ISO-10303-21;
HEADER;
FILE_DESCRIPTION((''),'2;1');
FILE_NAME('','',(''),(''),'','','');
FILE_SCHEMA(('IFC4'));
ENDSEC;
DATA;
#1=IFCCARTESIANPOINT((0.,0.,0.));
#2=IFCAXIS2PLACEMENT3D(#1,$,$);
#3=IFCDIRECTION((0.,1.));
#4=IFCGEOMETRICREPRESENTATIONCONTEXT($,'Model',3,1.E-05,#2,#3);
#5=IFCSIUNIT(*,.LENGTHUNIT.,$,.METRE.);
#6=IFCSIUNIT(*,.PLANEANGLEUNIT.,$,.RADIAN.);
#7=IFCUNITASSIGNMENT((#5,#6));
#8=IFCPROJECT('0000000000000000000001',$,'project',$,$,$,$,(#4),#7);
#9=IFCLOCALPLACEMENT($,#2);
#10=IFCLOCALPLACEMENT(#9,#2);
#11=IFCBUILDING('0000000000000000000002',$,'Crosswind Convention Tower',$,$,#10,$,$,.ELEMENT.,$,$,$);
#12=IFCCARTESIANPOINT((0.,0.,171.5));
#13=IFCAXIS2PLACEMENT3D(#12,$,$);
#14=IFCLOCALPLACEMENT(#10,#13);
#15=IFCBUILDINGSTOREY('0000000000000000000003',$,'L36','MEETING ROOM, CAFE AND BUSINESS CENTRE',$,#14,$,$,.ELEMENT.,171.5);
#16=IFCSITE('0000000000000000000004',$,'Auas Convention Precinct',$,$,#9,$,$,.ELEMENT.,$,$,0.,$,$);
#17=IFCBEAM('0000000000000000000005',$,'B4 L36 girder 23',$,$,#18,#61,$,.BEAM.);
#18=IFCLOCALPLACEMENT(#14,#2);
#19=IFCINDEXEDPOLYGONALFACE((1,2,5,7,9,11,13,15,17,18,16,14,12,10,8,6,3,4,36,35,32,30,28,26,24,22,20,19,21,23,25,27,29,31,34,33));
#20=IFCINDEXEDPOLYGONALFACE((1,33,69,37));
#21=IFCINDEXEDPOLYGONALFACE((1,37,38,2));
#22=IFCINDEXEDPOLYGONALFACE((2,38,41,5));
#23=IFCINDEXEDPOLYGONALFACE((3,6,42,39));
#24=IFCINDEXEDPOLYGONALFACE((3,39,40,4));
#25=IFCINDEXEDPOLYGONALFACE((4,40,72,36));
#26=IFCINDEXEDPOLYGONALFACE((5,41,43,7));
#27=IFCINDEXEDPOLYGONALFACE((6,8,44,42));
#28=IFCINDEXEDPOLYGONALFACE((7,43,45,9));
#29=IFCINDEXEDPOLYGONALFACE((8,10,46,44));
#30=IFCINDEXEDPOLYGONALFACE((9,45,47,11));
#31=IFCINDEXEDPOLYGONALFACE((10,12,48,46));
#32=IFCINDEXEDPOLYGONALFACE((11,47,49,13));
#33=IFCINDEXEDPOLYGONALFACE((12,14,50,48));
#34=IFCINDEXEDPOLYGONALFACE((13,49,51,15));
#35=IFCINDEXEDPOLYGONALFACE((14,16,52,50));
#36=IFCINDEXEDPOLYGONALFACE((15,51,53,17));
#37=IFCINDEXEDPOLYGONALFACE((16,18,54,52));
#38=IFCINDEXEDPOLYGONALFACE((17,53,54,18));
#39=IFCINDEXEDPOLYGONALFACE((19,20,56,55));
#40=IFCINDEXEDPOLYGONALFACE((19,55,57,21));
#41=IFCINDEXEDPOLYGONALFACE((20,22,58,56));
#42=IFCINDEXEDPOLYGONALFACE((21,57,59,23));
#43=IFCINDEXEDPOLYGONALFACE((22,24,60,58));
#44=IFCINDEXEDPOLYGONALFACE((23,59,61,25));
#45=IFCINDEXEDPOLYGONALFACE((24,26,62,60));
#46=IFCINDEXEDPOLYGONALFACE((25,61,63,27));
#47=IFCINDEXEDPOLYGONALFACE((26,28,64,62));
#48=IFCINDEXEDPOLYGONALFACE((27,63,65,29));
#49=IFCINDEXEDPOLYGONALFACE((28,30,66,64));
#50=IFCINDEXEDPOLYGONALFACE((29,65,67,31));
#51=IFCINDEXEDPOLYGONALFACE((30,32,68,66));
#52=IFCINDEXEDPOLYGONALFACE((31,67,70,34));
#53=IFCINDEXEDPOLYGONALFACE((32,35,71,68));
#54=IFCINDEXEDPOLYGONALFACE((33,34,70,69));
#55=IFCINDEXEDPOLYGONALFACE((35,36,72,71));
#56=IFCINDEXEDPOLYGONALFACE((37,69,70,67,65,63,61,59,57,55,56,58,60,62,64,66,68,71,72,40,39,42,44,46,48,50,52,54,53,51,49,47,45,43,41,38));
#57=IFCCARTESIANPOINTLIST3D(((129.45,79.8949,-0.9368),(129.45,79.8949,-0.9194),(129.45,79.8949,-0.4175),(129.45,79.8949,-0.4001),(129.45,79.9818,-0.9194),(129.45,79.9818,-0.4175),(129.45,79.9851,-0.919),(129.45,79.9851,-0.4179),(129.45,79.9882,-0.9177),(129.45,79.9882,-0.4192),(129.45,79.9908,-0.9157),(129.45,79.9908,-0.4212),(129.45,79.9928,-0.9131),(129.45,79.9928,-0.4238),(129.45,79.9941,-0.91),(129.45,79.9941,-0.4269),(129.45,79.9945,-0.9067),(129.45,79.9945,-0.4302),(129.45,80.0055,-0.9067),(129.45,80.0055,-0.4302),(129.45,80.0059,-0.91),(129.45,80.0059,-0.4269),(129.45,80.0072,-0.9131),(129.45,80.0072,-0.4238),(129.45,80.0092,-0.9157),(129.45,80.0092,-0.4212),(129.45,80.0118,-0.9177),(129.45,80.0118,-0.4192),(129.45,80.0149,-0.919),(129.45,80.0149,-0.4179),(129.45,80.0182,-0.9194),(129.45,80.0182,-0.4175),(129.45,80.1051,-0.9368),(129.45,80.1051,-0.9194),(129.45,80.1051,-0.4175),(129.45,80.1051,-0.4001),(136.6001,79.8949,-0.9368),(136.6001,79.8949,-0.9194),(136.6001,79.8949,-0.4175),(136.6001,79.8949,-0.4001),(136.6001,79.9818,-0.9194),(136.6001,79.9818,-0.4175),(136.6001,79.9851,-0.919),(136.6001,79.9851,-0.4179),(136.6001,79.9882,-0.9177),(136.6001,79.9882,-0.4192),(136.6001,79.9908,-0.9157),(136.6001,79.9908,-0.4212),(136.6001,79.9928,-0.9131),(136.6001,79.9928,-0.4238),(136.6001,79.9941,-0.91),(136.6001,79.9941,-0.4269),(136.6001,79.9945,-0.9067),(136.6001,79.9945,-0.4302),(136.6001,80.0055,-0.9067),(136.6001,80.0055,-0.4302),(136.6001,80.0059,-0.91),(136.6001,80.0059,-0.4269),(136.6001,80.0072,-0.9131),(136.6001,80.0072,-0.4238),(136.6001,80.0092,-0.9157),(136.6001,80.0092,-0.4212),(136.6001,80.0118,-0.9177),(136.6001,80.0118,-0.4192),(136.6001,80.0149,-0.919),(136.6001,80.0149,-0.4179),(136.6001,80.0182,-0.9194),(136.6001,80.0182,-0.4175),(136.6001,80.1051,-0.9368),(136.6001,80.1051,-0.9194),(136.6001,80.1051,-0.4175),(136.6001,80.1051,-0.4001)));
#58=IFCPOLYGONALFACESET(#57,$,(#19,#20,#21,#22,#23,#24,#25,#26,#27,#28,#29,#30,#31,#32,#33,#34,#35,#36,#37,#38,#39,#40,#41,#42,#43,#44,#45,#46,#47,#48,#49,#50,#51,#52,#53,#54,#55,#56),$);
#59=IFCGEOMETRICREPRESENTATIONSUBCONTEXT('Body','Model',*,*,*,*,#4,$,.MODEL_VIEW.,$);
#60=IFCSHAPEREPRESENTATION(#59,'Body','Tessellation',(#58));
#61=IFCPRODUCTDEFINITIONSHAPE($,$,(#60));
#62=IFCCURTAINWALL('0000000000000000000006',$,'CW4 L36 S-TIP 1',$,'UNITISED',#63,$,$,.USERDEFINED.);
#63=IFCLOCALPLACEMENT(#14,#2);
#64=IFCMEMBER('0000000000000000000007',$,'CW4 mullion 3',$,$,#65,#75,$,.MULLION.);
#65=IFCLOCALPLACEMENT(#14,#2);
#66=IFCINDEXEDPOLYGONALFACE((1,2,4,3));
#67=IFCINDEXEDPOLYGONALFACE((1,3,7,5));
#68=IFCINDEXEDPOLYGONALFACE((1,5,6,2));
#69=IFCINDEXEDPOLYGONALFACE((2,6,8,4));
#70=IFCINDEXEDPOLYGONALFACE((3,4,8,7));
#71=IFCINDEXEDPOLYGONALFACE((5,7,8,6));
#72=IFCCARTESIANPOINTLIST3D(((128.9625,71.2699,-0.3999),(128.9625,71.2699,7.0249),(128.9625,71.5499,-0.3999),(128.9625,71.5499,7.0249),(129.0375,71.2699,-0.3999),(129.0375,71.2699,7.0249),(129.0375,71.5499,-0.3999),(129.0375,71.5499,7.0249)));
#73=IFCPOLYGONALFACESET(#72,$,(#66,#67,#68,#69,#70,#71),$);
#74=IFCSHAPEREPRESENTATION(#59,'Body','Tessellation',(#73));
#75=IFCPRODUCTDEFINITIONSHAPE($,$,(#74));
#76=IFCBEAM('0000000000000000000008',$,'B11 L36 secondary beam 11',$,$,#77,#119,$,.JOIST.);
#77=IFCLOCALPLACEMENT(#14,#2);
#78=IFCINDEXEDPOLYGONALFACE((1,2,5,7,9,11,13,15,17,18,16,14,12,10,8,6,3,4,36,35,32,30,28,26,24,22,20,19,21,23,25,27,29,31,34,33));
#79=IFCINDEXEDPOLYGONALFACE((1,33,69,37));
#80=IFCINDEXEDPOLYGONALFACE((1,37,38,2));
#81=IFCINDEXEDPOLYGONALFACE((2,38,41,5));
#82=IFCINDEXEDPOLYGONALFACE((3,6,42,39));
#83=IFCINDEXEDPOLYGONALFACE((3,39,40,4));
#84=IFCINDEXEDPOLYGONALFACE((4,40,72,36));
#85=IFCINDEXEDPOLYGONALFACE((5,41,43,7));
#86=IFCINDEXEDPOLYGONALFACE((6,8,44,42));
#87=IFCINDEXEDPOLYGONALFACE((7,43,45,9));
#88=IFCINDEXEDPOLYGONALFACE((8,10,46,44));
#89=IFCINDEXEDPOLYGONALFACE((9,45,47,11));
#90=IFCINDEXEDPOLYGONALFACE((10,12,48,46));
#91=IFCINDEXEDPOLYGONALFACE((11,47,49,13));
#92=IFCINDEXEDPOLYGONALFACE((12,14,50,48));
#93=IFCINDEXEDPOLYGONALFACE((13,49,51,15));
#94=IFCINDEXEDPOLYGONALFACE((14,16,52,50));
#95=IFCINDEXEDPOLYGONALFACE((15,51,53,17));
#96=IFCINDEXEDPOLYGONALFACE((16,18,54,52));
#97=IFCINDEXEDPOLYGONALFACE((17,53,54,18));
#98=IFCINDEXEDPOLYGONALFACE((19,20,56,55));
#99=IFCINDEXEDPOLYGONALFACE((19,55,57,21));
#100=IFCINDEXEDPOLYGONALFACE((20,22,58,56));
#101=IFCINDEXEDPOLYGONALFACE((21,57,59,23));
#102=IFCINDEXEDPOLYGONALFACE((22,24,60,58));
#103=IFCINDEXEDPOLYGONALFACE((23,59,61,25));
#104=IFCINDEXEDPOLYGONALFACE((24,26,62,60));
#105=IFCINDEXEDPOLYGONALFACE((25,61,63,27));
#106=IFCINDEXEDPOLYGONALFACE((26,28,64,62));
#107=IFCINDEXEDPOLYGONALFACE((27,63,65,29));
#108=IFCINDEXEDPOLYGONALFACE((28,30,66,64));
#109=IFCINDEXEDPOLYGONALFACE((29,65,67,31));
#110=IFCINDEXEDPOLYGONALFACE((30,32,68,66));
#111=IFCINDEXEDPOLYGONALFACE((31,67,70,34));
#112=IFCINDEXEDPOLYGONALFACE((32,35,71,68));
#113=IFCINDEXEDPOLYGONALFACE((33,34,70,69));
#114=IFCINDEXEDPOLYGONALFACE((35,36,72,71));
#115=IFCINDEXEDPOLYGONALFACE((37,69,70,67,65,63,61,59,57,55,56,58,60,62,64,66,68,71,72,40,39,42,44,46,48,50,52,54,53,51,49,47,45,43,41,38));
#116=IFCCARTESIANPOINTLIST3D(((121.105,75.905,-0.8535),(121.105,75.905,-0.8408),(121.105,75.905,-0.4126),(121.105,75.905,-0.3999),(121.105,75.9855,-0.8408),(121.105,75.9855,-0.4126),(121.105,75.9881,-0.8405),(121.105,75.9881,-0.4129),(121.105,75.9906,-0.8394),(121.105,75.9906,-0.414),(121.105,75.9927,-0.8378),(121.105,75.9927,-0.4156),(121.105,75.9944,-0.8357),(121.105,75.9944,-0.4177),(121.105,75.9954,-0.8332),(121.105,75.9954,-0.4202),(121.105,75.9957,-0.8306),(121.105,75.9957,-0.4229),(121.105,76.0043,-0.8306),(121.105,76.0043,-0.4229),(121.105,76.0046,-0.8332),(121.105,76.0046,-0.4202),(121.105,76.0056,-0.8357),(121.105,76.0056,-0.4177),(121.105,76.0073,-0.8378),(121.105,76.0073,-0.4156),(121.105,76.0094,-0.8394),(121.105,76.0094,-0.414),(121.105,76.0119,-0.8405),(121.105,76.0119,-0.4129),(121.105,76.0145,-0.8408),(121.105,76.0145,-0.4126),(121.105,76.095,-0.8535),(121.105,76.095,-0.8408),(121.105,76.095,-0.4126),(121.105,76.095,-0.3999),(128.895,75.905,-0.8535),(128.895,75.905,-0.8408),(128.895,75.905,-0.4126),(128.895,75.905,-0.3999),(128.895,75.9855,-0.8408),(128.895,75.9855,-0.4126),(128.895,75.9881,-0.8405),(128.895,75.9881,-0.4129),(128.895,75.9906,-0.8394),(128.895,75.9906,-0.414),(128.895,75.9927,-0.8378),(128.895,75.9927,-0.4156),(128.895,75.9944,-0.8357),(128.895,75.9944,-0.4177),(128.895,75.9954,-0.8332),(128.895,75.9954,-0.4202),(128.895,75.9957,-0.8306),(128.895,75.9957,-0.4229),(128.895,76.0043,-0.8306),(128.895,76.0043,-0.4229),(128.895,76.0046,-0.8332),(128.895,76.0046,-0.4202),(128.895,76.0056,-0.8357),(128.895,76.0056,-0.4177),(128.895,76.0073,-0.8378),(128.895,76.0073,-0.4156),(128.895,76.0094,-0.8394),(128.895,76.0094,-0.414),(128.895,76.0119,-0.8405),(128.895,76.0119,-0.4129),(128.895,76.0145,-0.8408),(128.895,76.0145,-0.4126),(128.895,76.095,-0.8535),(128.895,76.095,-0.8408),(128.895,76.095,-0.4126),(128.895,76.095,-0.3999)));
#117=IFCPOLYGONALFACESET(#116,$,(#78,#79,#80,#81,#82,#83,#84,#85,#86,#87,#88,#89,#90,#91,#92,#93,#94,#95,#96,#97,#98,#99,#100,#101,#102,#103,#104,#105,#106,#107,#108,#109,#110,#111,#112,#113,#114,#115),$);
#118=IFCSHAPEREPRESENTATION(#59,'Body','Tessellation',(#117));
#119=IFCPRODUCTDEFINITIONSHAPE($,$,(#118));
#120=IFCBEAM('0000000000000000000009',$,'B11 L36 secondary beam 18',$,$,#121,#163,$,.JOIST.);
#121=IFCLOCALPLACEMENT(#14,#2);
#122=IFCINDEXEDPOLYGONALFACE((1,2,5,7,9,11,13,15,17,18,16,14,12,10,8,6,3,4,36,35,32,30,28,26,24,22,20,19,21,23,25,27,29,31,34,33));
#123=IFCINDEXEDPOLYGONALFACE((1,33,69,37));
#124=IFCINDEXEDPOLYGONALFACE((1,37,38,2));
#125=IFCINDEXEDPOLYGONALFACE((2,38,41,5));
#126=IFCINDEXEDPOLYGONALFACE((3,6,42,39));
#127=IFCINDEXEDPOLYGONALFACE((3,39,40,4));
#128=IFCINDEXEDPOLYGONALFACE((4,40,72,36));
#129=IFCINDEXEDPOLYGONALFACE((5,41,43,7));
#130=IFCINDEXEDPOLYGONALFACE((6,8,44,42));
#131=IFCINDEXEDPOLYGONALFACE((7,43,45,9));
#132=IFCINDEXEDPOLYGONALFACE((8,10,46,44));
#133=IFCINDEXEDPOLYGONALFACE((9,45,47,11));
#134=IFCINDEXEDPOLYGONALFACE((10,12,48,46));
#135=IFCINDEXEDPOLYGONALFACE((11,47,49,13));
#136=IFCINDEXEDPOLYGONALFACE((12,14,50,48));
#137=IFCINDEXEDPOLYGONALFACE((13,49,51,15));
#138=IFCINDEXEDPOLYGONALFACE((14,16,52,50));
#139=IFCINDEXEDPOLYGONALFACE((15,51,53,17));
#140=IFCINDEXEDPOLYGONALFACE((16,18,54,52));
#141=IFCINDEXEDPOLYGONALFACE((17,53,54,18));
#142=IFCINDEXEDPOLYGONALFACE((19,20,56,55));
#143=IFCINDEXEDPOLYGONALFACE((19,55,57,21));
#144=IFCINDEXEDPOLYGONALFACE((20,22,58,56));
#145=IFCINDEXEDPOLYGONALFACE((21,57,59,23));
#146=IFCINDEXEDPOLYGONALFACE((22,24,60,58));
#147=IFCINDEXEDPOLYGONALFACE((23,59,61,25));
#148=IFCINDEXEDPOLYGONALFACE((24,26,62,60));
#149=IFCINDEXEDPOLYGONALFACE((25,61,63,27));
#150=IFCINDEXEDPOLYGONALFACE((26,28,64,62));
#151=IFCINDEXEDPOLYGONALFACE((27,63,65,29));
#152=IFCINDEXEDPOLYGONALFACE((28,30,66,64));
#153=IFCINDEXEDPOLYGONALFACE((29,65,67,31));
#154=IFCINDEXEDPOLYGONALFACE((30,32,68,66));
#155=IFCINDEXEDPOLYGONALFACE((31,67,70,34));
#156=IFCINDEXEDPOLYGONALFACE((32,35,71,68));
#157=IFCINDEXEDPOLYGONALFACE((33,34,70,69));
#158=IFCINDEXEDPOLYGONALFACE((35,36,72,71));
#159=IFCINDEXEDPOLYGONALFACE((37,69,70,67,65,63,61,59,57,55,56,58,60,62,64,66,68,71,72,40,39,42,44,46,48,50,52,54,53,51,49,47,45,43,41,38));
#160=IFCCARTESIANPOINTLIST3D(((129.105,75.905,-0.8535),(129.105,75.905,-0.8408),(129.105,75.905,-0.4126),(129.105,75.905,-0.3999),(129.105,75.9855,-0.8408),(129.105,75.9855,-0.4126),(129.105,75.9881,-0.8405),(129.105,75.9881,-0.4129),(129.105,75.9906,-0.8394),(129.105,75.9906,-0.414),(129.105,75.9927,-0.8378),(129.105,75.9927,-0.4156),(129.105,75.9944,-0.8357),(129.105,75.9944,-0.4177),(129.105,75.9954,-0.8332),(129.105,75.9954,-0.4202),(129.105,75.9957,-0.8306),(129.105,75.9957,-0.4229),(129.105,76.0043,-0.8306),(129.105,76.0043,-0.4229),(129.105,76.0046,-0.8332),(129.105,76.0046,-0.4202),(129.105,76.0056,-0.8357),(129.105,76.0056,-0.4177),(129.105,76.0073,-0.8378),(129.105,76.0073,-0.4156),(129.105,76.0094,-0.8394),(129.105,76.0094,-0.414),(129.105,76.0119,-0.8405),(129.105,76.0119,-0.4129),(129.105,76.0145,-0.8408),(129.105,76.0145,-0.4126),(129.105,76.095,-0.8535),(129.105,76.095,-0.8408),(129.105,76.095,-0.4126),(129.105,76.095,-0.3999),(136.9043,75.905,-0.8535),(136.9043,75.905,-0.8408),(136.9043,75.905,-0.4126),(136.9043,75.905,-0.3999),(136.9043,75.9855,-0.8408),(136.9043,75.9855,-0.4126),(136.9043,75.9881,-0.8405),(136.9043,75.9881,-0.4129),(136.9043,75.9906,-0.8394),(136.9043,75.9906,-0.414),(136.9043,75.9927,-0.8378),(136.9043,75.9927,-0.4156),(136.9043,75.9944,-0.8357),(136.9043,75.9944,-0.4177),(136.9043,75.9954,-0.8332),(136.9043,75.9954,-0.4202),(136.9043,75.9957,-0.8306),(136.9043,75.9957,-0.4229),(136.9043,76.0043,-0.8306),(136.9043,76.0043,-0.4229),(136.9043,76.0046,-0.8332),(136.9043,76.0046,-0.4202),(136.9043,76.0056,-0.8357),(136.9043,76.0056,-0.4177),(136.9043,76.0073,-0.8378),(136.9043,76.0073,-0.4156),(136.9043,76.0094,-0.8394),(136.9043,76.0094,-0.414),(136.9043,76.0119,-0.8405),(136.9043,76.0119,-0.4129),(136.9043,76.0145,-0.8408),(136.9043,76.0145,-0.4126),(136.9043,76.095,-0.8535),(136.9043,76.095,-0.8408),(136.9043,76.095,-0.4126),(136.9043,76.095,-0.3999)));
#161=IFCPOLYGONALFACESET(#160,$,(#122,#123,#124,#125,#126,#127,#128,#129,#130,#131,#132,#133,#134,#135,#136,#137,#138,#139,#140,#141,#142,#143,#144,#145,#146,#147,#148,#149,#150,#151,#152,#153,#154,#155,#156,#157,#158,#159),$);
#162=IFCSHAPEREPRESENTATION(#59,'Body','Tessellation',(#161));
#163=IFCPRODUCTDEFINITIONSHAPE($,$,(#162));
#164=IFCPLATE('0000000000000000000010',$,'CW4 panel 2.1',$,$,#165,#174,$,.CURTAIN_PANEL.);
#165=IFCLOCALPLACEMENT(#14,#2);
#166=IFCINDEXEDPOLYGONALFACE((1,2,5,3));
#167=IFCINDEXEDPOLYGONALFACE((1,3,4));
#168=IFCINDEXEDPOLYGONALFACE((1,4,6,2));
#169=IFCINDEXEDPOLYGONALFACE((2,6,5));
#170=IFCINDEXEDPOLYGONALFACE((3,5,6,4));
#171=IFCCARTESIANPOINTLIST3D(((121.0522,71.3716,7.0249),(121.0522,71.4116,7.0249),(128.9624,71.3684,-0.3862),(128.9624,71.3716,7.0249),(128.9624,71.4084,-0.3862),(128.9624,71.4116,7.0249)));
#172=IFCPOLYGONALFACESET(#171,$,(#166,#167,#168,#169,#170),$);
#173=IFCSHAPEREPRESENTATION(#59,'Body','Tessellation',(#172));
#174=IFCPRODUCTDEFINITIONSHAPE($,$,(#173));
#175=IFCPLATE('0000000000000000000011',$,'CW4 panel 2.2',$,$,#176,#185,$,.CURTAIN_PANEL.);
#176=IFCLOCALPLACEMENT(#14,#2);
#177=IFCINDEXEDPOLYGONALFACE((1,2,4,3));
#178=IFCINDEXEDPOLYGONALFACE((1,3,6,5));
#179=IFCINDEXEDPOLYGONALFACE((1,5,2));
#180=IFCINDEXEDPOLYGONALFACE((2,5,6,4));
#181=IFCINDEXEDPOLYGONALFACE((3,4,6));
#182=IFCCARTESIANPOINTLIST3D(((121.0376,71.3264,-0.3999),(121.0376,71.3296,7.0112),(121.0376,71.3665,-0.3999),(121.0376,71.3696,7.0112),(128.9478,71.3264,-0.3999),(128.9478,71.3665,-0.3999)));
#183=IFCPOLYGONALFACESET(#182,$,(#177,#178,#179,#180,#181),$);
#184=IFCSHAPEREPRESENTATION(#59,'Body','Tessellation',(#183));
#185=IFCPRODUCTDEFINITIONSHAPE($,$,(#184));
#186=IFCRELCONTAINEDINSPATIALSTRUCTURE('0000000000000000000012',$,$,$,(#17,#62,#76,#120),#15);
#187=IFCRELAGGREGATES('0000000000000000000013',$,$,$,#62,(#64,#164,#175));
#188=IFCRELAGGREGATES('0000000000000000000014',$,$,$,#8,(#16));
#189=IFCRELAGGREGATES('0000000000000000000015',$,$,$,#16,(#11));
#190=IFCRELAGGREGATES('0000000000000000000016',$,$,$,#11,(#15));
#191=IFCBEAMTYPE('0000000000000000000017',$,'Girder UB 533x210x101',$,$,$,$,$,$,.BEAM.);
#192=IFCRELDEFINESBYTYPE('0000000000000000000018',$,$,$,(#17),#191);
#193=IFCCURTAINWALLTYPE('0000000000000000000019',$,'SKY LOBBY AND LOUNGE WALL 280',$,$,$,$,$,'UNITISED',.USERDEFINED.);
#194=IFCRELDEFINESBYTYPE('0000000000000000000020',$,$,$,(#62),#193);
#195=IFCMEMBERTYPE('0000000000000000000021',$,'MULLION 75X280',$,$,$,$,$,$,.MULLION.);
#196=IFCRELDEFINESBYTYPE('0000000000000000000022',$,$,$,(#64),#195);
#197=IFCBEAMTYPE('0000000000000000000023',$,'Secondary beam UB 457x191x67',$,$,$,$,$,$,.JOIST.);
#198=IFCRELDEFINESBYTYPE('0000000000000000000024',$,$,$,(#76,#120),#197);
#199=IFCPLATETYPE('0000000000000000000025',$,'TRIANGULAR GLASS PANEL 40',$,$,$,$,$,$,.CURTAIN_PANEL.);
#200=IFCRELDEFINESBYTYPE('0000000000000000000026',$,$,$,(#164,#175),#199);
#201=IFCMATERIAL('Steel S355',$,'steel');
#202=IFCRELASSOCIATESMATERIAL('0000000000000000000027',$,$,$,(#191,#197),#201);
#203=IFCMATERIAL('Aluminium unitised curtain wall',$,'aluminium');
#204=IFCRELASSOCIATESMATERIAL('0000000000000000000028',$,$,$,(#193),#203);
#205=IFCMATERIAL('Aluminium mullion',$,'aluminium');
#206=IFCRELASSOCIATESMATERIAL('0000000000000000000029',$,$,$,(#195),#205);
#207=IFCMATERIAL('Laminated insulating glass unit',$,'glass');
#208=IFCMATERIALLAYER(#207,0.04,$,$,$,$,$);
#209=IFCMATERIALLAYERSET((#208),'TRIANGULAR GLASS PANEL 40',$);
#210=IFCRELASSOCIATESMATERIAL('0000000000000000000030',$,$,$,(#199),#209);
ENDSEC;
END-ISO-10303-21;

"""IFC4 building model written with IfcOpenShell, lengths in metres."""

from ifc_helpers import new_model, si_unit, direction, frame, origin, origin_2d, place, context, subcontext, project, spatial, polyline, rectangle, i_section, outline, extrude, material, layer, layer_set, material_profile, profile_set, type_object, element, aggregate, save


model = new_model("IFC4")

# Units and contexts
model_context = context("Model", 3, precision=1e-05, world=origin(), true_north=direction((0.0, 1.0)))
body_context = subcontext(model_context, "Body", "Model", "MODEL_VIEW")
ifc_project = project(units=[si_unit("LENGTHUNIT", "METRE"), si_unit("PLANEANGLEUNIT", "RADIAN")], contexts=[model_context])

# Site, building, storey
site_placement = place(None, origin())
site = spatial("IfcSite", under=ifc_project, at=site_placement, Name="Auas Convention Precinct", CompositionType="ELEMENT", RefElevation=0.0)
building_placement = place(site_placement, origin())
building = spatial("IfcBuilding", under=site, at=building_placement, Name="Crosswind Convention Tower", CompositionType="ELEMENT")
storey_placement = place(building_placement, frame((0.0, 0.0, 171.5)))
storey = spatial("IfcBuildingStorey", under=building, at=storey_placement, Name="L36", Description="MEETING ROOM, CAFE AND BUSINESS CENTRE", CompositionType="ELEMENT", Elevation=171.5)

# Beam
ifc_material_1 = material(Name="Steel S355", Category="steel")
ifc_material_profile_1 = material_profile(ifc_material_1, i_section(OverallWidth=0.2102, OverallDepth=0.5366, WebThickness=0.011, FlangeThickness=0.0173, FilletRadius=0.0127, at=origin_2d()), Name="UB 533x210x101")
ifc_profile_set_1 = profile_set([ifc_material_profile_1], Name="Steel S355")
beam_type_1 = type_object("IfcBeamType", Name="Girder UB 533x210x101", PredefinedType="BEAM", material=ifc_profile_set_1)
for number, where, z_axis, x_axis, name in (
    (1, (129.45, 80.0, -0.6685), (1.0, 0.0, 0.0), (0.0, 1.0, 0.0), "B4 L36 girder 23"),
):
    element("IfcBeam", number, at=place(storey_placement, frame(where, z_axis=z_axis, x_axis=x_axis)), inside=storey, type_object=beam_type_1, Name=name, PredefinedType="BEAM", context=body_context, shape_type="SweptSolid", body=[
        extrude(i_section(OverallWidth=0.2102, OverallDepth=0.5366, WebThickness=0.011, FlangeThickness=0.0173, FilletRadius=0.0127, at=origin_2d()), origin(), (0.0, 0.0, 1.0), 7.1501),
    ])

# Curtain wall, member
ifc_material_2 = material(Name="Aluminium unitised curtain wall", Category="aluminium")
curtain_wall_type = type_object("IfcCurtainWallType", Name="SKY LOBBY AND LOUNGE WALL 280", ElementType="UNITISED", PredefinedType="USERDEFINED", material=ifc_material_2)
curtain_wall_placement = place(storey_placement, origin())
curtain_wall = element("IfcCurtainWall", 2, at=curtain_wall_placement, inside=storey, type_object=curtain_wall_type, Name="CW4 L36 S-TIP 1", ObjectType="UNITISED", PredefinedType="USERDEFINED")
ifc_material_3 = material(Name="Aluminium mullion", Category="aluminium")
ifc_material_profile_2 = material_profile(ifc_material_3, rectangle(XDim=0.28, YDim=0.075, at=origin_2d()), Name="AL 280X75")
ifc_profile_set_2 = profile_set([ifc_material_profile_2], Name="Aluminium mullion")
member_type = type_object("IfcMemberType", Name="MULLION 75X280", PredefinedType="MULLION", material=ifc_profile_set_2)
member_placement = place(storey_placement, frame((129.0, 71.4099, -0.3999), z_axis=(0.0, 0.0, 1.0), x_axis=(0.0, -1.0, 0.0)))
member = element("IfcMember", 3, at=member_placement, type_object=member_type, Name="CW4 mullion 3", PredefinedType="MULLION", context=body_context, shape_type="SweptSolid", body=[
    extrude(rectangle(XDim=0.28, YDim=0.075, at=origin_2d()), origin(), (0.0, 0.0, 1.0), 7.4248),
])

# Beams
ifc_material_profile_3 = material_profile(ifc_material_1, i_section(OverallWidth=0.1899, OverallDepth=0.4536, WebThickness=0.0085, FlangeThickness=0.0127, FilletRadius=0.0103, at=origin_2d()), Name="UB 457x191x67")
ifc_profile_set_3 = profile_set([ifc_material_profile_3], Name="Steel S355")
beam_type_2 = type_object("IfcBeamType", Name="Secondary beam UB 457x191x67", PredefinedType="JOIST", material=ifc_profile_set_3)
beam_1_placement = place(storey_placement, frame((121.105, 76.0, -0.6267), z_axis=(1.0, 0.0, 0.0), x_axis=(0.0, 1.0, 0.0)))
element("IfcBeam", 4, at=beam_1_placement, inside=storey, type_object=beam_type_2, Name="B11 L36 secondary beam 11", PredefinedType="JOIST", context=body_context, shape_type="SweptSolid", body=[
    extrude(i_section(OverallWidth=0.1899, OverallDepth=0.4536, WebThickness=0.0085, FlangeThickness=0.0127, FilletRadius=0.0103, at=origin_2d()), origin(), (0.0, 0.0, 1.0), 7.79),
])
beam_2_placement = place(storey_placement, frame((129.105, 76.0, -0.6267), z_axis=(1.0, 0.0, 0.0), x_axis=(0.0, 1.0, 0.0)))
element("IfcBeam", 5, at=beam_2_placement, inside=storey, type_object=beam_type_2, Name="B11 L36 secondary beam 18", PredefinedType="JOIST", context=body_context, shape_type="SweptSolid", body=[
    extrude(i_section(OverallWidth=0.1899, OverallDepth=0.4536, WebThickness=0.0085, FlangeThickness=0.0127, FilletRadius=0.0103, at=origin_2d()), origin(), (0.0, 0.0, 1.0), 7.7993),
])

# Plates
ifc_material_4 = material(Name="Laminated insulating glass unit", Category="glass")
ifc_layer_1 = layer(ifc_material_4, 0.04)
ifc_layer_set_1 = layer_set([ifc_layer_1], Name="TRIANGULAR GLASS PANEL 40")
plate_type = type_object("IfcPlateType", Name="TRIANGULAR GLASS PANEL 40", PredefinedType="CURTAIN_PANEL", material=ifc_layer_set_1)
plate_1_placement = place(storey_placement, frame((128.9624, 71.3716, 7.0249), z_axis=(0.0, -1.0, 0.000428), x_axis=(-1.0, 0.0, 0.0)))
plate_1 = element("IfcPlate", 6, at=plate_1_placement, type_object=plate_type, Name="CW4 panel 2.1", PredefinedType="CURTAIN_PANEL", context=body_context, shape_type="SweptSolid", body=[
    extrude(outline(polyline([(0.0, 0.0), (7.9102, 0.0), (0.0, 7.4111), (0.0, 0.0)])), origin(), (0.0, 0.0, -1.0), 0.04),
])
plate_2_placement = place(storey_placement, frame((121.0376, 71.3264, -0.3999), z_axis=(0.0, -1.0, 0.000428), x_axis=(1.0, 0.0, 0.0)))
plate_2 = element("IfcPlate", 7, at=plate_2_placement, type_object=plate_type, Name="CW4 panel 2.2", PredefinedType="CURTAIN_PANEL", context=body_context, shape_type="SweptSolid", body=[
    extrude(outline(polyline([(0.0, 0.0), (7.9102, 0.0), (0.0, 7.4111), (0.0, 0.0)])), origin(), (0.0, 0.0, -1.0), 0.04),
])
aggregate(curtain_wall, [member, plate_1, plate_2])

save(model, "model.ifc")
